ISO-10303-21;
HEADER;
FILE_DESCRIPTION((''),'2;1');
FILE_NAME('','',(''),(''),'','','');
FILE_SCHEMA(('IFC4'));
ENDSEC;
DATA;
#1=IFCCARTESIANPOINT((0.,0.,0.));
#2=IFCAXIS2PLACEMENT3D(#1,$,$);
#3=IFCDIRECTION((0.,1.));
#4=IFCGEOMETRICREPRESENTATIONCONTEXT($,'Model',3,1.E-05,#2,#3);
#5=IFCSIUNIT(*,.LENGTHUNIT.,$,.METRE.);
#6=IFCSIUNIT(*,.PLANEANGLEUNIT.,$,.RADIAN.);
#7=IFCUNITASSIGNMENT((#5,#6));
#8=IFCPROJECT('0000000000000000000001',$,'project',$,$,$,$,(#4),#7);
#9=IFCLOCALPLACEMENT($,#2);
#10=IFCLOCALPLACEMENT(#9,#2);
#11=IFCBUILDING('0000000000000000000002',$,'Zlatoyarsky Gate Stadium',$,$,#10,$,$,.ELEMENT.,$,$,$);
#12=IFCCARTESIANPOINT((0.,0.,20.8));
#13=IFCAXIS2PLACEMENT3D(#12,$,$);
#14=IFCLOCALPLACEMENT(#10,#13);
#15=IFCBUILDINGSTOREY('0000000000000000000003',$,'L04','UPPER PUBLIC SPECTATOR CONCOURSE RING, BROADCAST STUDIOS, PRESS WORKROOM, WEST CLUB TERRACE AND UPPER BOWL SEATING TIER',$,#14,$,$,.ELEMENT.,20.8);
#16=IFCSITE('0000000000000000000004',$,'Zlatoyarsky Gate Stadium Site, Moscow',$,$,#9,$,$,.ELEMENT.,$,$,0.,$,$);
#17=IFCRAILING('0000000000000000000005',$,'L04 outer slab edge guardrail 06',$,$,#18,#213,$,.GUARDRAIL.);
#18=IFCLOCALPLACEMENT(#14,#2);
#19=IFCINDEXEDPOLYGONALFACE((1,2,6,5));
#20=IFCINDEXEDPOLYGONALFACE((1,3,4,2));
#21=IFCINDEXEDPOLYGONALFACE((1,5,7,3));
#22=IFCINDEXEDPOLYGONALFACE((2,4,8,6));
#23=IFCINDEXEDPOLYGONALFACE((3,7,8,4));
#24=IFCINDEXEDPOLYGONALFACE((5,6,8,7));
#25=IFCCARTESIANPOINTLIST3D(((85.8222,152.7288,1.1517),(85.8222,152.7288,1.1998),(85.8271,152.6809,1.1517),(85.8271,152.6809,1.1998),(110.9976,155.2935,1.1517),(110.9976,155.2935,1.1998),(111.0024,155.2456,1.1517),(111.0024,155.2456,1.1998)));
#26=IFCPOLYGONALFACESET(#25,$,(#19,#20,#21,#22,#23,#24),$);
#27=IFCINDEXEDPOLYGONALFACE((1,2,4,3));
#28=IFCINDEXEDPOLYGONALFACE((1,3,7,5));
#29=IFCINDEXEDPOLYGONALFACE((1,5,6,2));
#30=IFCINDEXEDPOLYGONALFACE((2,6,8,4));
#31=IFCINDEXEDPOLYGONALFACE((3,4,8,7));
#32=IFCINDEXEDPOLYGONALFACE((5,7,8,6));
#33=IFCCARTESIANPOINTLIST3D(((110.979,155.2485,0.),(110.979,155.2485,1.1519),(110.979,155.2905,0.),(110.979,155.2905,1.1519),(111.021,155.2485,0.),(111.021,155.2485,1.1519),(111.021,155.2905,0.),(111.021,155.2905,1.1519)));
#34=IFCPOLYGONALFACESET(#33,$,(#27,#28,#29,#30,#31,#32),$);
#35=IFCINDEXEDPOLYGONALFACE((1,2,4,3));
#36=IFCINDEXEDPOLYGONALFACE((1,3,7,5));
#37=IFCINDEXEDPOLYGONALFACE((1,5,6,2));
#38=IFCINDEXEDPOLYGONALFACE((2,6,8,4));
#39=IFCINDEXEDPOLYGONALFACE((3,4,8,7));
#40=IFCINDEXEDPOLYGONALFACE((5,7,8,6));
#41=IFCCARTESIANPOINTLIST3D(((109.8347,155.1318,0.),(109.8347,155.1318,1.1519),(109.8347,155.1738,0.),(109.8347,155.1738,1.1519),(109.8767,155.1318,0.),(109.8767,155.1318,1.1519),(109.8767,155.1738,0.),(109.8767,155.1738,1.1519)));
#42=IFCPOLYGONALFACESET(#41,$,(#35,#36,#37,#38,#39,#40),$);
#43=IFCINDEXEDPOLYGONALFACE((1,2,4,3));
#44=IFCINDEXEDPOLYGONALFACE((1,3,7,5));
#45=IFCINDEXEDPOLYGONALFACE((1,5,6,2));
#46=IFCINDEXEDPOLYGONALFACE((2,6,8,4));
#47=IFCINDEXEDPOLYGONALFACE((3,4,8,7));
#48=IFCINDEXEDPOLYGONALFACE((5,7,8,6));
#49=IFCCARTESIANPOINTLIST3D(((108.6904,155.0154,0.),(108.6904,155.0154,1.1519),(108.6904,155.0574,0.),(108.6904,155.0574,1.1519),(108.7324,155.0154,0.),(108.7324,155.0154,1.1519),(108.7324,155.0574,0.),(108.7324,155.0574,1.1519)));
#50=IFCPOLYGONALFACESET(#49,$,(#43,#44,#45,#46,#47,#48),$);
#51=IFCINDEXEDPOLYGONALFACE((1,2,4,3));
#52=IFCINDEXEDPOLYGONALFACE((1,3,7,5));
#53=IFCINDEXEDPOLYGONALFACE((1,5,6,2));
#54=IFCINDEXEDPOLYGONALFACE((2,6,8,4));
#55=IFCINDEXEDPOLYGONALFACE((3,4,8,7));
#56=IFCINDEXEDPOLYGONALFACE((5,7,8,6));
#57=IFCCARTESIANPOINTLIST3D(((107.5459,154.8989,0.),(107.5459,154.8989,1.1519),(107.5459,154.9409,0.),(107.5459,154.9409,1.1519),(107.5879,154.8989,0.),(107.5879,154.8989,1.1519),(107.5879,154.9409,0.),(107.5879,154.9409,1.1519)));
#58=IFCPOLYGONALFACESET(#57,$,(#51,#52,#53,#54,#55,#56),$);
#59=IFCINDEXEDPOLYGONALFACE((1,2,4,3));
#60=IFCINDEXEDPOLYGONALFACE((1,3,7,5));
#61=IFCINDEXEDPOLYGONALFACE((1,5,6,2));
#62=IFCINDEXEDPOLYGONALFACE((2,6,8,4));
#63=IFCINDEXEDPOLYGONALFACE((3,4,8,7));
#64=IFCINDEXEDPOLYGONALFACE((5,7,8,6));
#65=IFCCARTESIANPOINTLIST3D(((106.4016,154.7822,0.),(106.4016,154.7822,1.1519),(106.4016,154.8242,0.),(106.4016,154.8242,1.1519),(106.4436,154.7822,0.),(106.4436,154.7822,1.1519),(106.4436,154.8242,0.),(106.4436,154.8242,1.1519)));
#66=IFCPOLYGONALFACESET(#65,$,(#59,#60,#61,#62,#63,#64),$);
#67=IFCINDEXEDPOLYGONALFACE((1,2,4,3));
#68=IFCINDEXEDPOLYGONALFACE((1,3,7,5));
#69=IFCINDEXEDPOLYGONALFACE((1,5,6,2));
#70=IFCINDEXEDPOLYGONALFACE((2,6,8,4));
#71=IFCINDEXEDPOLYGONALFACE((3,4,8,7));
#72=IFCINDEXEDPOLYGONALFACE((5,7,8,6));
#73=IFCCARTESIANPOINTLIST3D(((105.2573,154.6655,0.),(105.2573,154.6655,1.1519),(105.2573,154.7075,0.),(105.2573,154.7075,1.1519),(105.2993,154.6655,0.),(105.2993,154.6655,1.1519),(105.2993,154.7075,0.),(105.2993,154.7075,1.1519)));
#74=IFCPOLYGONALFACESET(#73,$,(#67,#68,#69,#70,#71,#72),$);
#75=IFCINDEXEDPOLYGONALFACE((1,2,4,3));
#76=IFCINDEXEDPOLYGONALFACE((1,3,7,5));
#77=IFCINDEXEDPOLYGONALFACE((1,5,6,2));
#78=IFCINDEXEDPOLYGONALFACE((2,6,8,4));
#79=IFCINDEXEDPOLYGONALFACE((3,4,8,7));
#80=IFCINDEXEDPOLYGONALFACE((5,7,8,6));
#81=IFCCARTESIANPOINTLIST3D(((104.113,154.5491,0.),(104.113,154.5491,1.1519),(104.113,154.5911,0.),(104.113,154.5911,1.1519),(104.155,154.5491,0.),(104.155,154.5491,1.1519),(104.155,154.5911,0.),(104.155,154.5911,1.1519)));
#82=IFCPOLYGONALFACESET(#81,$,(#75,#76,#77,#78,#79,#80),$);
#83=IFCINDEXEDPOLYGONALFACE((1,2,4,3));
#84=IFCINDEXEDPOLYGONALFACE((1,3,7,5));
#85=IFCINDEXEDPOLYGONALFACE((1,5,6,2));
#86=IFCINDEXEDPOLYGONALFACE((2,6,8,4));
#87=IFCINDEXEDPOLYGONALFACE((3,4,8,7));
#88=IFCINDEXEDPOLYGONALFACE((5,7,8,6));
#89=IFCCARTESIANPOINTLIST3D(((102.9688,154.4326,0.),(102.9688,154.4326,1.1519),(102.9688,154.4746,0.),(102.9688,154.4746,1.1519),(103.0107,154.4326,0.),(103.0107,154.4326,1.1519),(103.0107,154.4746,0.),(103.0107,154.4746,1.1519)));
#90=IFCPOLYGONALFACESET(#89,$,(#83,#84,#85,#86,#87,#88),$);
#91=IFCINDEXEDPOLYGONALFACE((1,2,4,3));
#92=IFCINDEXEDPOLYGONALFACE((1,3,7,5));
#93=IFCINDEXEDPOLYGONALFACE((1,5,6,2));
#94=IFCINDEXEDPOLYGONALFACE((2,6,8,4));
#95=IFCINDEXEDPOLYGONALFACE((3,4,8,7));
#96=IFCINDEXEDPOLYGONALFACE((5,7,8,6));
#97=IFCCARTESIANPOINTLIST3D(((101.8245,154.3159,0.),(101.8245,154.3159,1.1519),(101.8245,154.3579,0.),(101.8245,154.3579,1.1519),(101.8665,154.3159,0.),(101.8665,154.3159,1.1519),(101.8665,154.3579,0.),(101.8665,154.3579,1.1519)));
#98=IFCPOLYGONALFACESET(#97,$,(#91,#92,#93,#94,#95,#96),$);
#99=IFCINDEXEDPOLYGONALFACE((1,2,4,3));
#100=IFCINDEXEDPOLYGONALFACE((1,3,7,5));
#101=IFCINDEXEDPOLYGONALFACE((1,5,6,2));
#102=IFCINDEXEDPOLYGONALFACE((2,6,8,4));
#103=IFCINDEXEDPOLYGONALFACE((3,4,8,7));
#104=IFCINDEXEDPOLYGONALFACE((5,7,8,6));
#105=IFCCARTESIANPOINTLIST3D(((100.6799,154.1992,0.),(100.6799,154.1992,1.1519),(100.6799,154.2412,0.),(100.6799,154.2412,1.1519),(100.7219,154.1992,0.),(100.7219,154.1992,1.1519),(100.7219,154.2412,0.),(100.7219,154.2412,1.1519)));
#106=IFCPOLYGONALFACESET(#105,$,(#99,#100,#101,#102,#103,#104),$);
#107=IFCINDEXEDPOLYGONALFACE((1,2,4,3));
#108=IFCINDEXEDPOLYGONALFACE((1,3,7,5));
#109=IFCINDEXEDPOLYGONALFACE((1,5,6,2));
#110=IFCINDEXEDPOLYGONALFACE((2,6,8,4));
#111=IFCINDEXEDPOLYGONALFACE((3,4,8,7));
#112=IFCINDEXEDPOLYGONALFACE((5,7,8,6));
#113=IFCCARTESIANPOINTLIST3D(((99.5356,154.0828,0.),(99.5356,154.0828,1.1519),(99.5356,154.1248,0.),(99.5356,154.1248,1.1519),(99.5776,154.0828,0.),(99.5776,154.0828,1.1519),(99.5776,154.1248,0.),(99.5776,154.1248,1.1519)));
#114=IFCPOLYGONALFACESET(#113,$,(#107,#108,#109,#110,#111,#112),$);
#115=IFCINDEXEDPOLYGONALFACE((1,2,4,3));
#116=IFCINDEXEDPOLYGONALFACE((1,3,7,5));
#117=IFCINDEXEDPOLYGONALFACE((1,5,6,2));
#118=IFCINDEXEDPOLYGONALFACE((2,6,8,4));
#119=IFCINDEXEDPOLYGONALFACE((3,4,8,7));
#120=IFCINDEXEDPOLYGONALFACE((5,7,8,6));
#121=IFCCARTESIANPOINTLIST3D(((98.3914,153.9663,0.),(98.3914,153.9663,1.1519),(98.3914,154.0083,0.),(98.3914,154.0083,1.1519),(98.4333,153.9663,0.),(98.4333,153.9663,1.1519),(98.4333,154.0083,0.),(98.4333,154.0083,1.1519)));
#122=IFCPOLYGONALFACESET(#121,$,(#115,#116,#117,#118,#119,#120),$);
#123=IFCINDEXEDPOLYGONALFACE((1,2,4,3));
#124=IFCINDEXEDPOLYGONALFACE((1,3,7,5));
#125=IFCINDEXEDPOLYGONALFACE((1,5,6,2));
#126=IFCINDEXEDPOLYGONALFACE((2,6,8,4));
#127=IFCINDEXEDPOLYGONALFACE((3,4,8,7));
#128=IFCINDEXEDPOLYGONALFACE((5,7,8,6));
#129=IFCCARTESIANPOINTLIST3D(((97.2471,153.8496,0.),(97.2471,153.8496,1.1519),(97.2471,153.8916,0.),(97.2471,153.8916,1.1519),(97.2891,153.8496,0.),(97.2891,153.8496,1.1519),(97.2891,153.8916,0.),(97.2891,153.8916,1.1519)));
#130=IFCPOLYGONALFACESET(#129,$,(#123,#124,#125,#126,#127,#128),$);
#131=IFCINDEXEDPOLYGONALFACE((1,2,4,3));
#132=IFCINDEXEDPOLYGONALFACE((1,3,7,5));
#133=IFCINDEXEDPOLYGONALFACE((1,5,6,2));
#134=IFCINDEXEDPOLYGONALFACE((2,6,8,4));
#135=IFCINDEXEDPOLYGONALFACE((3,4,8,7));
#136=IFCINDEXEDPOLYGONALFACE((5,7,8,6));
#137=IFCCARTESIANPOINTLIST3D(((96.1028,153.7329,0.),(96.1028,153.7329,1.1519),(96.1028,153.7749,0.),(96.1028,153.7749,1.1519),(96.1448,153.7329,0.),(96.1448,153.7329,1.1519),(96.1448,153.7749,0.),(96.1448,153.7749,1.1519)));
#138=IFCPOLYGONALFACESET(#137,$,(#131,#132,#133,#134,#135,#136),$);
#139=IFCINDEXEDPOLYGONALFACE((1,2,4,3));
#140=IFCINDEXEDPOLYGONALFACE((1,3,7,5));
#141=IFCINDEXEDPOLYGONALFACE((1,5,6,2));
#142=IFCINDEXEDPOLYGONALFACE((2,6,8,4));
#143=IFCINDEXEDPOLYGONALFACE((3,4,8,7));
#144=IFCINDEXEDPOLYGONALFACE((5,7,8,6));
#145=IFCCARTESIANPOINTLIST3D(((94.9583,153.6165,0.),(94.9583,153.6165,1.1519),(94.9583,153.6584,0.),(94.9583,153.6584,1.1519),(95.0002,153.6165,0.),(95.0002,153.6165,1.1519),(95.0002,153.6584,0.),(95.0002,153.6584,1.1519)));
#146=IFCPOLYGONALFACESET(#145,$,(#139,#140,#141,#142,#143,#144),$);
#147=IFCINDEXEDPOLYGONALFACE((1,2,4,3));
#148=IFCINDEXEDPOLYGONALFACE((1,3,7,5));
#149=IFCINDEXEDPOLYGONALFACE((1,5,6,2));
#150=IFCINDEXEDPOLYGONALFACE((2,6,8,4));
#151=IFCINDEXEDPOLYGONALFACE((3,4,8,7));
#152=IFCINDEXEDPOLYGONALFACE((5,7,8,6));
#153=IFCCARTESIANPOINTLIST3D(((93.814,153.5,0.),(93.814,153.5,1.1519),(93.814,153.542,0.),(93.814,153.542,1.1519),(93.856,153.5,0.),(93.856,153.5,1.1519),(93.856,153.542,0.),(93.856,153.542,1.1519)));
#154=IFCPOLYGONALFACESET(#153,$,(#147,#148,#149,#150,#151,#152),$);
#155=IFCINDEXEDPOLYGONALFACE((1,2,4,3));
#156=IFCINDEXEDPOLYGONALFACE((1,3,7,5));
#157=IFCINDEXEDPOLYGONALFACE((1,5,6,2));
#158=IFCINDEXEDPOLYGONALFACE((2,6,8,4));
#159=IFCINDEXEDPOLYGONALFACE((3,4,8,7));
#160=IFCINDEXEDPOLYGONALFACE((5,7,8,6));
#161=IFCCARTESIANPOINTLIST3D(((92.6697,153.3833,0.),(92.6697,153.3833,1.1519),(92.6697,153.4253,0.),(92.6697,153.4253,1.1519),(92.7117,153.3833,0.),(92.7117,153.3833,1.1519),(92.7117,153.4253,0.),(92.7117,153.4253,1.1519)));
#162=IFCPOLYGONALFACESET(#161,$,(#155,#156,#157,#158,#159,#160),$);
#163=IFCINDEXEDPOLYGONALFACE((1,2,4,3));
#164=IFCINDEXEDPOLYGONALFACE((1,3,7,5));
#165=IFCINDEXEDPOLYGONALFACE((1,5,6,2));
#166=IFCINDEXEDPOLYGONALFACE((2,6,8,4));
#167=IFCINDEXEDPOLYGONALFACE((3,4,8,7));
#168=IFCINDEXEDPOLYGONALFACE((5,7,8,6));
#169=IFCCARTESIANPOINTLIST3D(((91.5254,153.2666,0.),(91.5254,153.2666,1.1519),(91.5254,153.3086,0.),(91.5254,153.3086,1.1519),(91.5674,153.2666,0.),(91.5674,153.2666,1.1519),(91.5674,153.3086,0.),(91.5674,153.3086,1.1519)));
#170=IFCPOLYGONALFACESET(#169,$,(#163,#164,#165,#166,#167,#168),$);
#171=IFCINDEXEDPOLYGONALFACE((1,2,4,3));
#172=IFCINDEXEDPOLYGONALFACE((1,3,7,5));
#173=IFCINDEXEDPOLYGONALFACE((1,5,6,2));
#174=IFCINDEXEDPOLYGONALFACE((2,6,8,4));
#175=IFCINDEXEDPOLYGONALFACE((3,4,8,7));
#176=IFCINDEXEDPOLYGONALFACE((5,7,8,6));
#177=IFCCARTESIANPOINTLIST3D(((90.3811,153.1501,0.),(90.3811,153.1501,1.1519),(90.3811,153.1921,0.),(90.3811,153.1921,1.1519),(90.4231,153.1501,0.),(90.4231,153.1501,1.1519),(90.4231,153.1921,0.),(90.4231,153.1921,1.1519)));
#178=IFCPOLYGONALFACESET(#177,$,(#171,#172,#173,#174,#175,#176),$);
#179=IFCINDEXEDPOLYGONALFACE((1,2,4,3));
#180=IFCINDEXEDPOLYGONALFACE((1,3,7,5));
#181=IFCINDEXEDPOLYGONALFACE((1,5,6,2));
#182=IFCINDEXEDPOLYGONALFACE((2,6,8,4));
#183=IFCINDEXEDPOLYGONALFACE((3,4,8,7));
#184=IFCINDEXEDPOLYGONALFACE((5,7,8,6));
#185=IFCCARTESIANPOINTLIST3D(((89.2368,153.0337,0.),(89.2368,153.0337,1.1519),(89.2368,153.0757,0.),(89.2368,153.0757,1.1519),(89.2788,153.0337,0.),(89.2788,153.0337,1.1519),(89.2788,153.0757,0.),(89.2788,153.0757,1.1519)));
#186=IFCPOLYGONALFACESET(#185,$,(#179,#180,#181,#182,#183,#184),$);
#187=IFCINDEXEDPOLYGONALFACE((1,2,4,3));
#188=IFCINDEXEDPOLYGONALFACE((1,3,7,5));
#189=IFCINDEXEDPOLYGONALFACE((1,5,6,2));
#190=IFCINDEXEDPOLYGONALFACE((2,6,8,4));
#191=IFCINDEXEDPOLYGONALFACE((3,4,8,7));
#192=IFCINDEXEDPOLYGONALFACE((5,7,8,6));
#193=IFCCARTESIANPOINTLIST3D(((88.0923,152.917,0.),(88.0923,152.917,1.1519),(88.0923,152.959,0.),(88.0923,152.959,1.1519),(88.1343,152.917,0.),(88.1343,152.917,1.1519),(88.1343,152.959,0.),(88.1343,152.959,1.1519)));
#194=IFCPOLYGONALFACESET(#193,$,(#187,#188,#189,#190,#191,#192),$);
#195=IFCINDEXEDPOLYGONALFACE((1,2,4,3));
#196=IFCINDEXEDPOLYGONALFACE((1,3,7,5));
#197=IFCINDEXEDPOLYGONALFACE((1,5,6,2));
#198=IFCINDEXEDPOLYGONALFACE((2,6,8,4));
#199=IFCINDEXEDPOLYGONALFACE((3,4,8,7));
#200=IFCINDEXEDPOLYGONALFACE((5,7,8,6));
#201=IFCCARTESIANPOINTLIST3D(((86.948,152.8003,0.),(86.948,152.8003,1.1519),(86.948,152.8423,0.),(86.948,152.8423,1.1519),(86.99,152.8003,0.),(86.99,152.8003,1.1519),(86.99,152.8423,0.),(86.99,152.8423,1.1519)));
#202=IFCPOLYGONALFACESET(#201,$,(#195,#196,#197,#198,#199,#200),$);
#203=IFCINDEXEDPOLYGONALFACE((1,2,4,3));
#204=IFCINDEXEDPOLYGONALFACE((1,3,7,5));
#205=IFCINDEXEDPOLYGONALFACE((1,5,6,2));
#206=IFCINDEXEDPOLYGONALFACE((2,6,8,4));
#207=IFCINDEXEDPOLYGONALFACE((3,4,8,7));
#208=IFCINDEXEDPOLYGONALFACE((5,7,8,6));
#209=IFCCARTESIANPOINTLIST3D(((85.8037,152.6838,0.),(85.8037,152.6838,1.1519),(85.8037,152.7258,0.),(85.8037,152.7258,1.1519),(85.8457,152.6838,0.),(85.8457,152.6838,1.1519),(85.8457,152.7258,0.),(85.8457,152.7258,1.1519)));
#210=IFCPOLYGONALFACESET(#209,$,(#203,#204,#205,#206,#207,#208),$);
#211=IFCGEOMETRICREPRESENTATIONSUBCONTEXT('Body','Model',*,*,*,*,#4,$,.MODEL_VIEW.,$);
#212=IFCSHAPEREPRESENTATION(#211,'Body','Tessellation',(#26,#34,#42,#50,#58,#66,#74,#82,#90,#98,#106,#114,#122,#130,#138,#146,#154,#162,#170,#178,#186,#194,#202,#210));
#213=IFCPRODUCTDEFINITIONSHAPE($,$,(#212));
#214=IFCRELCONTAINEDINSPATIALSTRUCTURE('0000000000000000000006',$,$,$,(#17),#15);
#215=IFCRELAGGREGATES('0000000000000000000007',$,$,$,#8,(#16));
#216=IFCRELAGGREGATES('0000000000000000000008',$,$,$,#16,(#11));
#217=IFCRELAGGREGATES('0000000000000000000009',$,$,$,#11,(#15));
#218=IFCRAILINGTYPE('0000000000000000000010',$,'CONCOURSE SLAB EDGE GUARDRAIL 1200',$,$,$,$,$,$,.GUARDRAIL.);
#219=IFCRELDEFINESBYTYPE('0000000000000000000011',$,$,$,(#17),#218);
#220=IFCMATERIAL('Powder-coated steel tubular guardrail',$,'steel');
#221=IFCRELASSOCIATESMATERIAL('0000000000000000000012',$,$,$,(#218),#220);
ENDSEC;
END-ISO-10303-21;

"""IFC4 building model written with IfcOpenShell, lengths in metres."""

from ifc_helpers import new_model, si_unit, direction, frame, origin, origin_2d, place, context, subcontext, project, spatial, rectangle, extrude, material, type_object, element, save


model = new_model("IFC4")

# Units and contexts
model_context = context("Model", 3, precision=1e-05, world=origin(), true_north=direction((0.0, 1.0)))
body_context = subcontext(model_context, "Body", "Model", "MODEL_VIEW")
ifc_project = project(units=[si_unit("LENGTHUNIT", "METRE"), si_unit("PLANEANGLEUNIT", "RADIAN")], contexts=[model_context])

# Site, building, storey
site_placement = place(None, origin())
site = spatial("IfcSite", under=ifc_project, at=site_placement, Name="Zlatoyarsky Gate Stadium Site, Moscow", CompositionType="ELEMENT", RefElevation=0.0)
building_placement = place(site_placement, origin())
building = spatial("IfcBuilding", under=site, at=building_placement, Name="Zlatoyarsky Gate Stadium", CompositionType="ELEMENT")
storey_placement = place(building_placement, frame((0.0, 0.0, 20.8)))
storey = spatial("IfcBuildingStorey", under=building, at=storey_placement, Name="L04", Description="UPPER PUBLIC SPECTATOR CONCOURSE RING, BROADCAST STUDIOS, PRESS WORKROOM, WEST CLUB TERRACE AND UPPER BOWL SEATING TIER", CompositionType="ELEMENT", Elevation=20.8)

# Railing
ifc_material_1 = material(Name="Powder-coated steel tubular guardrail", Category="steel")
railing_type = type_object("IfcRailingType", Name="CONCOURSE SLAB EDGE GUARDRAIL 1200", PredefinedType="GUARDRAIL", material=ifc_material_1)
railing_placement = place(storey_placement, frame((111.0, 155.2695, 0.0)))
element("IfcRailing", 1, at=railing_placement, inside=storey, type_object=railing_type, Name="L04 outer slab edge guardrail 06", PredefinedType="GUARDRAIL", context=body_context, shape_type="SweptSolid", body=[
    extrude(rectangle(XDim=0.0481, YDim=0.0481, at=origin_2d()), frame((0.0, 0.0, 1.1758), z_axis=(-0.994851, -0.101349, 0.0), x_axis=(0.101349, -0.994851, 0.0)), (0.0, 0.0, 1.0), 25.3057),
    extrude(rectangle(XDim=0.042, YDim=0.042, at=origin_2d()), origin(), (0.0, 0.0, 1.0), 1.1519),
    extrude(rectangle(XDim=0.042, YDim=0.042, at=origin_2d()), frame((-1.1443, -0.1167, 0.0)), (0.0, 0.0, 1.0), 1.1519),
    extrude(rectangle(XDim=0.042, YDim=0.042, at=origin_2d()), frame((-2.2886, -0.2332, 0.0)), (0.0, 0.0, 1.0), 1.1519),
    extrude(rectangle(XDim=0.042, YDim=0.042, at=origin_2d()), frame((-3.4331, -0.3496, 0.0)), (0.0, 0.0, 1.0), 1.1519),
    extrude(rectangle(XDim=0.042, YDim=0.042, at=origin_2d()), frame((-4.5774, -0.4663, 0.0)), (0.0, 0.0, 1.0), 1.1519),
    extrude(rectangle(XDim=0.042, YDim=0.042, at=origin_2d()), frame((-5.7217, -0.583, 0.0)), (0.0, 0.0, 1.0), 1.1519),
    extrude(rectangle(XDim=0.042, YDim=0.042, at=origin_2d()), frame((-6.866, -0.6995, 0.0)), (0.0, 0.0, 1.0), 1.1519),
    extrude(rectangle(XDim=0.042, YDim=0.042, at=origin_2d()), frame((-8.0103, -0.8159, 0.0)), (0.0, 0.0, 1.0), 1.1519),
    extrude(rectangle(XDim=0.042, YDim=0.042, at=origin_2d()), frame((-9.1545, -0.9326, 0.0)), (0.0, 0.0, 1.0), 1.1519),
    extrude(rectangle(XDim=0.042, YDim=0.042, at=origin_2d()), frame((-10.2991, -1.0493, 0.0)), (0.0, 0.0, 1.0), 1.1519),
    extrude(rectangle(XDim=0.042, YDim=0.042, at=origin_2d()), frame((-11.4434, -1.1658, 0.0)), (0.0, 0.0, 1.0), 1.1519),
    extrude(rectangle(XDim=0.042, YDim=0.042, at=origin_2d()), frame((-12.5876, -1.2822, 0.0)), (0.0, 0.0, 1.0), 1.1519),
    extrude(rectangle(XDim=0.042, YDim=0.042, at=origin_2d()), frame((-13.7319, -1.3989, 0.0)), (0.0, 0.0, 1.0), 1.1519),
    extrude(rectangle(XDim=0.042, YDim=0.042, at=origin_2d()), frame((-14.8762, -1.5156, 0.0)), (0.0, 0.0, 1.0), 1.1519),
    extrude(rectangle(XDim=0.042, YDim=0.042, at=origin_2d()), frame((-16.0208, -1.6321, 0.0)), (0.0, 0.0, 1.0), 1.1519),
    extrude(rectangle(XDim=0.042, YDim=0.042, at=origin_2d()), frame((-17.165, -1.7485, 0.0)), (0.0, 0.0, 1.0), 1.1519),
    extrude(rectangle(XDim=0.042, YDim=0.042, at=origin_2d()), frame((-18.3093, -1.8652, 0.0)), (0.0, 0.0, 1.0), 1.1519),
    extrude(rectangle(XDim=0.042, YDim=0.042, at=origin_2d()), frame((-19.4536, -1.9819, 0.0)), (0.0, 0.0, 1.0), 1.1519),
    extrude(rectangle(XDim=0.042, YDim=0.042, at=origin_2d()), frame((-20.5979, -2.0984, 0.0)), (0.0, 0.0, 1.0), 1.1519),
    extrude(rectangle(XDim=0.042, YDim=0.042, at=origin_2d()), frame((-21.7422, -2.2148, 0.0)), (0.0, 0.0, 1.0), 1.1519),
    extrude(rectangle(XDim=0.042, YDim=0.042, at=origin_2d()), frame((-22.8867, -2.3315, 0.0)), (0.0, 0.0, 1.0), 1.1519),
    extrude(rectangle(XDim=0.042, YDim=0.042, at=origin_2d()), frame((-24.031, -2.4482, 0.0)), (0.0, 0.0, 1.0), 1.1519),
    extrude(rectangle(XDim=0.042, YDim=0.042, at=origin_2d()), frame((-25.1753, -2.5647, 0.0)), (0.0, 0.0, 1.0), 1.1519),
])

save(model, "model.ifc")
